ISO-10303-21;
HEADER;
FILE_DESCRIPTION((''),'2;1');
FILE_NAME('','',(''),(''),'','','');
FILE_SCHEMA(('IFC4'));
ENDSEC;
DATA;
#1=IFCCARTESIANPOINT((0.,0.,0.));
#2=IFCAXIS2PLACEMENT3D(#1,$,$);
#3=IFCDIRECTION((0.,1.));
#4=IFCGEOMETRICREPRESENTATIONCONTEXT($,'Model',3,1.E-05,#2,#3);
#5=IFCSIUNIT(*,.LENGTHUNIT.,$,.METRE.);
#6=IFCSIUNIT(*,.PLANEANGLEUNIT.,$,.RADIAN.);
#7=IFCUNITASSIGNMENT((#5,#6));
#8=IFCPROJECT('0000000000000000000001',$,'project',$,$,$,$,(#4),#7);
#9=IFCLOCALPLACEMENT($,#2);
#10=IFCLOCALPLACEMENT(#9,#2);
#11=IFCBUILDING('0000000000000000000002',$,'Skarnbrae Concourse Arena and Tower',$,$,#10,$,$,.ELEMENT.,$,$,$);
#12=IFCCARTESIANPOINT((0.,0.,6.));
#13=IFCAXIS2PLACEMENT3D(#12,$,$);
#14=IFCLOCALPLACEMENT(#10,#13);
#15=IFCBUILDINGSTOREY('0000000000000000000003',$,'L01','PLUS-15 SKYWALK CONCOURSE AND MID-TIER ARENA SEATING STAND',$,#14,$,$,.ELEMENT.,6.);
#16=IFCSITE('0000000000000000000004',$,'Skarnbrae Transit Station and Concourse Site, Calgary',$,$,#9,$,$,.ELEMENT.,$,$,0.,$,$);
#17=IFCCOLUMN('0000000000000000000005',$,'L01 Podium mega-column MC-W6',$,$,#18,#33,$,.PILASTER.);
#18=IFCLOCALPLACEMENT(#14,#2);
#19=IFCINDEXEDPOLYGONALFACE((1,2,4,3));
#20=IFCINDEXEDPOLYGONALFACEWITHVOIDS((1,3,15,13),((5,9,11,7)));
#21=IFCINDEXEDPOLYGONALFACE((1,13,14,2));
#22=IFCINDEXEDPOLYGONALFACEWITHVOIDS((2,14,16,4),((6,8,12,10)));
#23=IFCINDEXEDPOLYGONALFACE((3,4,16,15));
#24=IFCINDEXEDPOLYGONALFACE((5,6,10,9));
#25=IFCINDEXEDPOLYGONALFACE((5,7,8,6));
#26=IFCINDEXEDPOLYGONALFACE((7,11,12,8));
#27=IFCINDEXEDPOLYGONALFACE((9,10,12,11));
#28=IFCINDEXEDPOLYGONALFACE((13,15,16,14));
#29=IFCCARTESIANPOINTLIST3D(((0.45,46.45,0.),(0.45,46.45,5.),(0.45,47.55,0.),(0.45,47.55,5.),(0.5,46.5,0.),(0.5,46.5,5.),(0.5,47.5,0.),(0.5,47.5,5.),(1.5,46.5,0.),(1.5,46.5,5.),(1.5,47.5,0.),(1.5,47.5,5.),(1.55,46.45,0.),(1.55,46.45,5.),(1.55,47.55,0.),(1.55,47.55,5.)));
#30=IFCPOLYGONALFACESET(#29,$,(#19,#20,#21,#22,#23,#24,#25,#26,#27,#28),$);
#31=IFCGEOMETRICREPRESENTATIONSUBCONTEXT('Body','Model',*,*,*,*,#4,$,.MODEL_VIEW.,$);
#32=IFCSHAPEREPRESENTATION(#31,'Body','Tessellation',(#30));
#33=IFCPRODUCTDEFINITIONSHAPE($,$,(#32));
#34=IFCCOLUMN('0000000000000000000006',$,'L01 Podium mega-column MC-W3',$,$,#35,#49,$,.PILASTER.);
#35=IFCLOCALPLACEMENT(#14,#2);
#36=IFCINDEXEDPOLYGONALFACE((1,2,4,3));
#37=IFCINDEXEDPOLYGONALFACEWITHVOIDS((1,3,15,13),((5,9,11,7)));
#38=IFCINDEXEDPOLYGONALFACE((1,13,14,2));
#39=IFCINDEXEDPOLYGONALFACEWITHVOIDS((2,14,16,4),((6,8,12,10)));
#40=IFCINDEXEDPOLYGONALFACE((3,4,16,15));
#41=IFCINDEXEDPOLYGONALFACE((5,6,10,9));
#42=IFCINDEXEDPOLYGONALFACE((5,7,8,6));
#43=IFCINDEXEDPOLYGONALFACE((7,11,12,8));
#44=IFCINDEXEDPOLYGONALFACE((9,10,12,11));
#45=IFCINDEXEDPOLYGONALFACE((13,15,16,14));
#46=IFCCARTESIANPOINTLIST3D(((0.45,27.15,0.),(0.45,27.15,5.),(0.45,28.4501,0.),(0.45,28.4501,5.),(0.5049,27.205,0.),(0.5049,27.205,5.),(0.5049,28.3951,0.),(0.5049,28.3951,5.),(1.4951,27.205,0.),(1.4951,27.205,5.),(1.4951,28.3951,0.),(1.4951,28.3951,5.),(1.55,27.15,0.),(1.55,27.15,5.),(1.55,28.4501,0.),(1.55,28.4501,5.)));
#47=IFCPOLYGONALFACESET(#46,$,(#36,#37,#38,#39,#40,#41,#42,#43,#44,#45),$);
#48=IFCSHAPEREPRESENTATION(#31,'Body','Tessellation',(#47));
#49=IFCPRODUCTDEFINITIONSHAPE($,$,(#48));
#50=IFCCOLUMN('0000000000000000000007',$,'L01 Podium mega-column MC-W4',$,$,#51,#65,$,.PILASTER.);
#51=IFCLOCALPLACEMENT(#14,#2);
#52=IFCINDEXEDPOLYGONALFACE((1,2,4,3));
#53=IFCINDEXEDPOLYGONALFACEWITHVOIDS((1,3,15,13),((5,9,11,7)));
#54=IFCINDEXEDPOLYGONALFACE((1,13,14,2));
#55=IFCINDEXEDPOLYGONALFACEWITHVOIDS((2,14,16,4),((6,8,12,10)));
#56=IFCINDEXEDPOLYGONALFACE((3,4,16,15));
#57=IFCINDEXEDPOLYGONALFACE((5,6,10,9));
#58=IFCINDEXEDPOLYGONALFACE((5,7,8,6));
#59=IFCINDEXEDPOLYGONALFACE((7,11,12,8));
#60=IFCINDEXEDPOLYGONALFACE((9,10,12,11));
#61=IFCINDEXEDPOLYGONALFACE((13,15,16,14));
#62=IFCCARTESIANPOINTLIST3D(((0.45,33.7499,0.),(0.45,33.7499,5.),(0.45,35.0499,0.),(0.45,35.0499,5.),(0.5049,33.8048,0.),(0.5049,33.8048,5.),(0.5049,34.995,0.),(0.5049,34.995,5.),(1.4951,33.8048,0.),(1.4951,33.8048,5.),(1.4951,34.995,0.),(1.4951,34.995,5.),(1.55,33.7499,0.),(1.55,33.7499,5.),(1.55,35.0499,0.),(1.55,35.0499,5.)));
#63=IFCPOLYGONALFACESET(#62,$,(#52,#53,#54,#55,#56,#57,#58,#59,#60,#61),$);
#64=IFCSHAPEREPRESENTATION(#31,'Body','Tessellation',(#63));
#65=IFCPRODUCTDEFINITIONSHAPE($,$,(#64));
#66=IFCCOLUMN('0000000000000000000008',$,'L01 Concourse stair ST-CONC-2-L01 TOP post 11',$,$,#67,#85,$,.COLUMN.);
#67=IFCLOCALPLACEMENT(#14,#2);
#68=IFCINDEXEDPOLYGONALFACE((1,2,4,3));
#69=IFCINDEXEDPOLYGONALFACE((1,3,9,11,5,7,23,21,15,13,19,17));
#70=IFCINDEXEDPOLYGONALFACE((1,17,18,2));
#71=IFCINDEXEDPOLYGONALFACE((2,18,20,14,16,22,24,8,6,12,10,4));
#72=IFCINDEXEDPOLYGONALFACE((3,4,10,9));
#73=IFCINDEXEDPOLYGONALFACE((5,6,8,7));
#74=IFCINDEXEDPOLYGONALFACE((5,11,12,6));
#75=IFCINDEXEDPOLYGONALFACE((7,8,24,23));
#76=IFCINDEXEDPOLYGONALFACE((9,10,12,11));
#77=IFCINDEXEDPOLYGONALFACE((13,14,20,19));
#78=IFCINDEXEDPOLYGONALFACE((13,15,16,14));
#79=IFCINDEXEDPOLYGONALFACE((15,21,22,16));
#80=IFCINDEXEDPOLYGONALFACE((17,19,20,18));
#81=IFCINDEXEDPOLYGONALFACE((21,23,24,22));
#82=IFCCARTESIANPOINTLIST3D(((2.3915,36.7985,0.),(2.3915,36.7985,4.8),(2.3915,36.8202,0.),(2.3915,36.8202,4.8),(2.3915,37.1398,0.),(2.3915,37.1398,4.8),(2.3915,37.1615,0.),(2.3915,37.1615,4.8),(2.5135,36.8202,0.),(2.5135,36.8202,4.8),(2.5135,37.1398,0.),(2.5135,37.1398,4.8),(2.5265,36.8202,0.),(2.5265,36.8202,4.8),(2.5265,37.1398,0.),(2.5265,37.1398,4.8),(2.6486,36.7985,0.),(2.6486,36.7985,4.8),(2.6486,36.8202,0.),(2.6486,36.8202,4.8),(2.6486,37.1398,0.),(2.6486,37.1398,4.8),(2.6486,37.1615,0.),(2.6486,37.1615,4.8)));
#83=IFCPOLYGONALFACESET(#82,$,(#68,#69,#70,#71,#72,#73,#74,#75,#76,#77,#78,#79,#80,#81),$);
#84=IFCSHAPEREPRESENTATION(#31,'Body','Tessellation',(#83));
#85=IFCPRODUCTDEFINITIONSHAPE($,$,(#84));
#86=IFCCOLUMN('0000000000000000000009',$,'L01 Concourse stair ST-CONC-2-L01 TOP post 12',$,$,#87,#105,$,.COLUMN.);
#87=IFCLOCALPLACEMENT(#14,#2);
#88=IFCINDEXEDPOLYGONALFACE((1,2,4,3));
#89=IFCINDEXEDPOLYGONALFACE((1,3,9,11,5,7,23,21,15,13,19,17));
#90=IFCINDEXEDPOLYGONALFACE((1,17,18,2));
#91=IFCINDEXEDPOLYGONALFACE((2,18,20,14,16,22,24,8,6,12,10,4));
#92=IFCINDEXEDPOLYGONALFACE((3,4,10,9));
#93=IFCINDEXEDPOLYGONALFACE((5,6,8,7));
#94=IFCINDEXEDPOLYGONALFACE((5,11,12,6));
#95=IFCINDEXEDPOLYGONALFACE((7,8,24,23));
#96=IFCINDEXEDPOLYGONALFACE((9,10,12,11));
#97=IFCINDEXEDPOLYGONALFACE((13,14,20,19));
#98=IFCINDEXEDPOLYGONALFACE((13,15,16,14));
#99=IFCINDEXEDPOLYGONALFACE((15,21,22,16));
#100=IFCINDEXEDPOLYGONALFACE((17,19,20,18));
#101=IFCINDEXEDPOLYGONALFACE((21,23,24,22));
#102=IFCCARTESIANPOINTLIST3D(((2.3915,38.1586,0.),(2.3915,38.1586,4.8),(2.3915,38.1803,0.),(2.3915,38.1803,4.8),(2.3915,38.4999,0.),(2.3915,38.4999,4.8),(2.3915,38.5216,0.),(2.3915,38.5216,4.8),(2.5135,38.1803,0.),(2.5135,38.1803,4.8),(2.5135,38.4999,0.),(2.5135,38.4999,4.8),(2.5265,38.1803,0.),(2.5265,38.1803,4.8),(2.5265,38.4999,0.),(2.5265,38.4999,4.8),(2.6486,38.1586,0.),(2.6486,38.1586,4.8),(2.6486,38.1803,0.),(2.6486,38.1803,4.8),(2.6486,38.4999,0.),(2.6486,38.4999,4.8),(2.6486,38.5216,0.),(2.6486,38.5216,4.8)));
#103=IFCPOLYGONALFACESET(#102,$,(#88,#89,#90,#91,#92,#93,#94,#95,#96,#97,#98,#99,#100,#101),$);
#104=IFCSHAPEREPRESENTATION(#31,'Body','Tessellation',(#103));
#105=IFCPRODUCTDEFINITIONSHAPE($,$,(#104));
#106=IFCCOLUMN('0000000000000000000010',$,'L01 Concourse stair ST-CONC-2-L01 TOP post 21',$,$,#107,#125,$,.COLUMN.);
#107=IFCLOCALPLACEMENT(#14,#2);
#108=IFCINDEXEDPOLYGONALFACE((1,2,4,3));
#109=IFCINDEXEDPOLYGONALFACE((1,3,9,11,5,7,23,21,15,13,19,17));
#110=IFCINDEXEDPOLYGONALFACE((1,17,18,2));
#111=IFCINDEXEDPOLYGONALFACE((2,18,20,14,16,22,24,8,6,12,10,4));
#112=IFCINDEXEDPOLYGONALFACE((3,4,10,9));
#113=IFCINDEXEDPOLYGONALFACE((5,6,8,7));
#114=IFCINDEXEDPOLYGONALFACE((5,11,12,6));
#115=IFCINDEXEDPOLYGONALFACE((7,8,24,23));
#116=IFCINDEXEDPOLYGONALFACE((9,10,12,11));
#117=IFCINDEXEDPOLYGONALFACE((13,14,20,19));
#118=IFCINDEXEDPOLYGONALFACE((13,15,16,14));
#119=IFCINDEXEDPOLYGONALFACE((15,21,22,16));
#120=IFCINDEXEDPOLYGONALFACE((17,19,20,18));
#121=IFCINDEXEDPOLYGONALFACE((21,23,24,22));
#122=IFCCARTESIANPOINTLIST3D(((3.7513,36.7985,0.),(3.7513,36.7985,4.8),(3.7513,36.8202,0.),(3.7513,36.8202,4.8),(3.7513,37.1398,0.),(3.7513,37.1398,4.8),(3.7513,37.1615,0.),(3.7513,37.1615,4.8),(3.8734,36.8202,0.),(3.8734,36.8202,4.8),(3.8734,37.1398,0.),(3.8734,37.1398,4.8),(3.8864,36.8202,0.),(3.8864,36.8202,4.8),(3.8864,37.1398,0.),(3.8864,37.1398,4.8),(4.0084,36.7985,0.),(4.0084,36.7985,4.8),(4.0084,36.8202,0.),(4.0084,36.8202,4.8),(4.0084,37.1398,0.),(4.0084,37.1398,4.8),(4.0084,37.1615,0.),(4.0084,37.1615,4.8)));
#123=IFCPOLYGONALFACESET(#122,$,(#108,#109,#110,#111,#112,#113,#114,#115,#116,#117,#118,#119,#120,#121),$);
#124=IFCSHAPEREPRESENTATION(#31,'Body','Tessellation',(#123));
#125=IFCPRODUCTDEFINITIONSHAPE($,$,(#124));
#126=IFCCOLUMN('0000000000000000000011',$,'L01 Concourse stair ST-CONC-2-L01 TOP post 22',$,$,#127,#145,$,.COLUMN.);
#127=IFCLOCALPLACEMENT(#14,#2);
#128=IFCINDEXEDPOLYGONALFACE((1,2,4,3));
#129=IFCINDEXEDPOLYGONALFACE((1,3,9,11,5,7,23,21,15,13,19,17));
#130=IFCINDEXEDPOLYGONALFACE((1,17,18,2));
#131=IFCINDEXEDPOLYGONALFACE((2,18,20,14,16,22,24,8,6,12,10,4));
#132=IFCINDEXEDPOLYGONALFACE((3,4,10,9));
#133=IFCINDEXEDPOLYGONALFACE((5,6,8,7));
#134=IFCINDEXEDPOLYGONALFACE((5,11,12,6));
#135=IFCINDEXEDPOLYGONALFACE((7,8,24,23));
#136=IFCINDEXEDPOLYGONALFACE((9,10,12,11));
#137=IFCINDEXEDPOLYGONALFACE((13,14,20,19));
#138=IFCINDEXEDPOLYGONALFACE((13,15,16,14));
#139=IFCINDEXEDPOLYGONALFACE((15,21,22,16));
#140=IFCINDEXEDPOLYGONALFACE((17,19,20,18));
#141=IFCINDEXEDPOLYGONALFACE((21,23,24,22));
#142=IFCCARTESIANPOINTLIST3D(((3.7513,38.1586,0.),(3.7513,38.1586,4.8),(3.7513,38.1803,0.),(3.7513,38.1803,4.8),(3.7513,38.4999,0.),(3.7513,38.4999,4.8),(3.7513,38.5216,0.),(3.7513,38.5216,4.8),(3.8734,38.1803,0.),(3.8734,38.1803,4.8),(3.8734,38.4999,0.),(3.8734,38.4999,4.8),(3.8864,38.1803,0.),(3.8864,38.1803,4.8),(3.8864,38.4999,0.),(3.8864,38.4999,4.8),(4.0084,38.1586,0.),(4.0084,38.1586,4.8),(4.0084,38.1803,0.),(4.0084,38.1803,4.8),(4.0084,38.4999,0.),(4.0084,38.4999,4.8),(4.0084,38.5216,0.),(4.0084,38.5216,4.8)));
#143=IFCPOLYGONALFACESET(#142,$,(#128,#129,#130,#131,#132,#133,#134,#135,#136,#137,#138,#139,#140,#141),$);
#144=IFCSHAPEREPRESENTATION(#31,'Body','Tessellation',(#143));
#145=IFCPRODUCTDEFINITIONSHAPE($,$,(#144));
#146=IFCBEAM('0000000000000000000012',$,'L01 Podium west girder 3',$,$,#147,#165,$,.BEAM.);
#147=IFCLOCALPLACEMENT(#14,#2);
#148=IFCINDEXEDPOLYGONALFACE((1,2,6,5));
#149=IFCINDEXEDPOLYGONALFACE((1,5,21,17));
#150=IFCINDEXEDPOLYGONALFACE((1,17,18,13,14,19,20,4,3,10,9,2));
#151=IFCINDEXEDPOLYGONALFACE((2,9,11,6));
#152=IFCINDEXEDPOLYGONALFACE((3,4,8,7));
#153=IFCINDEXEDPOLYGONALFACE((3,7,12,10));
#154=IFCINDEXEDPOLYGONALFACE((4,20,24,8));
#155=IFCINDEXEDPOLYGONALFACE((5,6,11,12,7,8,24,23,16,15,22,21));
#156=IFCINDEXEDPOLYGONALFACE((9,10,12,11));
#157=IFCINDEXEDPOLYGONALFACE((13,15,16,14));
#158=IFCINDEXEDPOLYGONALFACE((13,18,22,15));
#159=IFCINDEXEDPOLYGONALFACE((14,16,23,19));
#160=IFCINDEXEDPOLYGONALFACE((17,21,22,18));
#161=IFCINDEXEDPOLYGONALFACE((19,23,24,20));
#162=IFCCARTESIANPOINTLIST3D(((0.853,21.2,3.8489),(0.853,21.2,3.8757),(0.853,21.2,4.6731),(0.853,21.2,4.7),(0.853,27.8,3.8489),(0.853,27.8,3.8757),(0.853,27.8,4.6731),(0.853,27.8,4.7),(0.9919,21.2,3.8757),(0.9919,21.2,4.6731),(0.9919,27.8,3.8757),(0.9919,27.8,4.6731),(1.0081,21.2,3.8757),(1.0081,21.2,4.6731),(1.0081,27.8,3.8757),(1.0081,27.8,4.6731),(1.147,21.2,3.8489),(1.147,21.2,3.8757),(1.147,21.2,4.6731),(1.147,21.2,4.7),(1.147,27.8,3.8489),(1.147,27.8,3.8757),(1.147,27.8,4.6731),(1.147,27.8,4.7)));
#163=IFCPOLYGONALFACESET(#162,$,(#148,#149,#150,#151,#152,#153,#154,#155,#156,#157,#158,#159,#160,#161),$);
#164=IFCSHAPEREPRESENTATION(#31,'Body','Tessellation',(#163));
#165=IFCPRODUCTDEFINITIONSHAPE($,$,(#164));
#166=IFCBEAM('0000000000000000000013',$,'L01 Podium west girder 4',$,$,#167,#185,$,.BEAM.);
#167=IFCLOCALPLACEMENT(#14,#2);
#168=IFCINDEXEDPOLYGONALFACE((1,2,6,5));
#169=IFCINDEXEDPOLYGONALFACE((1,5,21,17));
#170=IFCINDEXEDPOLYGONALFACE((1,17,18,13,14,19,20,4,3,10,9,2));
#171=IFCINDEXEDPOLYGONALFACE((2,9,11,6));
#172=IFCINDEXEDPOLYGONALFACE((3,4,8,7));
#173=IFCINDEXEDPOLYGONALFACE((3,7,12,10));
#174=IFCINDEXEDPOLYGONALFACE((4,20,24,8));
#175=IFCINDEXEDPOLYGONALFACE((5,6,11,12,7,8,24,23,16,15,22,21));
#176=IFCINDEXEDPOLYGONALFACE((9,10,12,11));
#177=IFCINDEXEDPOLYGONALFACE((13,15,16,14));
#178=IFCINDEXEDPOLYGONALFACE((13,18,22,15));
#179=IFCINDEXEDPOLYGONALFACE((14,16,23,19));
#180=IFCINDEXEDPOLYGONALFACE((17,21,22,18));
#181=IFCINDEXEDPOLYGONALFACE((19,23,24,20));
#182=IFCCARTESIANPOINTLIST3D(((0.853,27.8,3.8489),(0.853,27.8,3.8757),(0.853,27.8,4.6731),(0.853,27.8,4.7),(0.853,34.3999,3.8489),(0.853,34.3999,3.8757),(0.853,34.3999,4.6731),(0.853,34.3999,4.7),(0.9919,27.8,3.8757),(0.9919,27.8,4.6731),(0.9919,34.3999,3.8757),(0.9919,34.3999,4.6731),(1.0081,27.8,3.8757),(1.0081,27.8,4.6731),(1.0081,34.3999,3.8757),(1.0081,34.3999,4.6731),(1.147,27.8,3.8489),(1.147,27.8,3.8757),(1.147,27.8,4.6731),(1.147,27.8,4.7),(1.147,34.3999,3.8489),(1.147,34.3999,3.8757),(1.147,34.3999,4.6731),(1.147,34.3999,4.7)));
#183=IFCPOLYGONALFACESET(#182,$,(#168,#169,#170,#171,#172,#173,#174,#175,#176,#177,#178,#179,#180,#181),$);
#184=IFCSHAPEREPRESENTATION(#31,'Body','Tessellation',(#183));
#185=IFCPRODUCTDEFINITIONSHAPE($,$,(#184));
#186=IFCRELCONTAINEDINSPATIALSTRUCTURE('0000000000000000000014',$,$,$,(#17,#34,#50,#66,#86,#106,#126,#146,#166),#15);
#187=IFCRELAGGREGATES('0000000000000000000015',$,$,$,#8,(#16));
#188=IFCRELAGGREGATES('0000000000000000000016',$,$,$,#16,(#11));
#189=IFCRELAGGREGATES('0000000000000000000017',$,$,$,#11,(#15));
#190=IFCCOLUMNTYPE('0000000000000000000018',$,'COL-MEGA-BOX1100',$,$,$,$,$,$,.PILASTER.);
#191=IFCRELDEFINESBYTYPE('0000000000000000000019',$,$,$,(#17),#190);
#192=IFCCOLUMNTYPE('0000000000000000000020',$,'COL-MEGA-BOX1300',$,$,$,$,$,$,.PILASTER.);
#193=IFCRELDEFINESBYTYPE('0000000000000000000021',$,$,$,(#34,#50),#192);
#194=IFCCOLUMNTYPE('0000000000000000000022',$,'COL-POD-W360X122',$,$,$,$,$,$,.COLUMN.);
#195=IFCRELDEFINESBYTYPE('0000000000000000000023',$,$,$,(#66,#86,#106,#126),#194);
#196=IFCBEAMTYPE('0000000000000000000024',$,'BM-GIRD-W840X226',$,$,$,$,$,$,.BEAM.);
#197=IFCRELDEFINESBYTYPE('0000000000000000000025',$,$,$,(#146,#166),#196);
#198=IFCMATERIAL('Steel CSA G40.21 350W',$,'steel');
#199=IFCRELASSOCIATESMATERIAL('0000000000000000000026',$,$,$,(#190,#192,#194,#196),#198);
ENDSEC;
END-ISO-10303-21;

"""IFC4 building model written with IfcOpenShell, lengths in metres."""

from ifc_helpers import new_model, si_unit, direction, frame, origin, origin_2d, place, context, subcontext, project, spatial, hollow_rectangle, i_section, extrude, source, transform, mapped, material, material_profile, profile_set, type_object, element, save


model = new_model("IFC4")

# Units and contexts
model_context = context("Model", 3, precision=1e-05, world=origin(), true_north=direction((0.0, 1.0)))
body_context = subcontext(model_context, "Body", "Model", "MODEL_VIEW")
ifc_project = project(units=[si_unit("LENGTHUNIT", "METRE"), si_unit("PLANEANGLEUNIT", "RADIAN")], contexts=[model_context])

# Site, building, storey
site_placement = place(None, origin())
site = spatial("IfcSite", under=ifc_project, at=site_placement, Name="Skarnbrae Transit Station and Concourse Site, Calgary", CompositionType="ELEMENT", RefElevation=0.0)
building_placement = place(site_placement, origin())
building = spatial("IfcBuilding", under=site, at=building_placement, Name="Skarnbrae Concourse Arena and Tower", CompositionType="ELEMENT")
storey_placement = place(building_placement, frame((0.0, 0.0, 6.0)))
storey = spatial("IfcBuildingStorey", under=building, at=storey_placement, Name="L01", Description="PLUS-15 SKYWALK CONCOURSE AND MID-TIER ARENA SEATING STAND", CompositionType="ELEMENT", Elevation=6.0)

# Columns
ifc_material_1 = material(Name="Steel CSA G40.21 350W", Category="steel")
ifc_material_profile_1 = material_profile(ifc_material_1, hollow_rectangle(XDim=1.1001, YDim=1.1001, WallThickness=0.05, at=origin_2d()), Name="BOX1100X1100X50")
ifc_profile_set_1 = profile_set([ifc_material_profile_1], Name="Steel CSA G40.21 350W")
column_type_1 = type_object("IfcColumnType", Name="COL-MEGA-BOX1100", PredefinedType="PILASTER", material=ifc_profile_set_1)
shared_shape_1 = source(origin(), body_context, "Body", "SweptSolid", [
    extrude(hollow_rectangle(XDim=1.1001, YDim=1.1001, WallThickness=0.05, at=origin_2d()), origin(), (0.0, 0.0, 1.0), 5.0),
])
column_placement = place(storey_placement, frame((1.0, 47.0, 0.0), z_axis=(0.0, 0.0, 1.0), x_axis=(1.0, 0.0, 0.0)))
element("IfcColumn", 1, at=column_placement, inside=storey, type_object=column_type_1, Name="L01 Podium mega-column MC-W6", PredefinedType="PILASTER", context=body_context, shape_type="MappedRepresentation", body=[
    mapped(shared_shape_1, transform((0.0, 0.0, 0.0))),
])
ifc_material_profile_2 = material_profile(ifc_material_1, hollow_rectangle(XDim=1.1001, YDim=1.3, WallThickness=0.0549, at=origin_2d()), Name="BOX1300X1100X55")
ifc_profile_set_2 = profile_set([ifc_material_profile_2], Name="Steel CSA G40.21 350W")
column_type_2 = type_object("IfcColumnType", Name="COL-MEGA-BOX1300", PredefinedType="PILASTER", material=ifc_profile_set_2)
shared_shape_2 = source(origin(), body_context, "Body", "SweptSolid", [
    extrude(hollow_rectangle(XDim=1.1001, YDim=1.3, WallThickness=0.0549, at=origin_2d()), origin(), (0.0, 0.0, 1.0), 5.0),
])
for number, where, z_axis, x_axis, name in (
    (2, (1.0, 27.8, 0.0), (0.0, 0.0, 1.0), (1.0, 0.0, 0.0), "L01 Podium mega-column MC-W3"),
    (3, (1.0, 34.3999, 0.0), (0.0, 0.0, 1.0), (1.0, 0.0, 0.0), "L01 Podium mega-column MC-W4"),
):
    element("IfcColumn", number, at=place(storey_placement, frame(where, z_axis=z_axis, x_axis=x_axis)), inside=storey, type_object=column_type_2, Name=name, PredefinedType="PILASTER", context=body_context, shape_type="MappedRepresentation", body=[
        mapped(shared_shape_2, transform((0.0, 0.0, 0.0))),
    ])
ifc_material_profile_3 = material_profile(ifc_material_1, i_section(OverallWidth=0.2571, OverallDepth=0.363, WebThickness=0.0129, FlangeThickness=0.0217, at=origin_2d()), Name="W360X122")
ifc_profile_set_3 = profile_set([ifc_material_profile_3], Name="Steel CSA G40.21 350W")
column_type_3 = type_object("IfcColumnType", Name="COL-POD-W360X122", PredefinedType="COLUMN", material=ifc_profile_set_3)
shared_shape_3 = source(origin(), body_context, "Body", "SweptSolid", [
    extrude(i_section(OverallWidth=0.2571, OverallDepth=0.363, WebThickness=0.0129, FlangeThickness=0.0217, at=origin_2d()), origin(), (0.0, 0.0, 1.0), 4.8),
])
for number, where, z_axis, x_axis, name in (
    (4, (2.52, 36.98, 0.0), (0.0, 0.0, 1.0), (1.0, 0.0, 0.0), "L01 Concourse stair ST-CONC-2-L01 TOP post 11"),
    (5, (2.52, 38.3401, 0.0), (0.0, 0.0, 1.0), (1.0, 0.0, 0.0), "L01 Concourse stair ST-CONC-2-L01 TOP post 12"),
    (6, (3.8799, 36.98, 0.0), (0.0, 0.0, 1.0), (1.0, 0.0, 0.0), "L01 Concourse stair ST-CONC-2-L01 TOP post 21"),
    (7, (3.8799, 38.3401, 0.0), (0.0, 0.0, 1.0), (1.0, 0.0, 0.0), "L01 Concourse stair ST-CONC-2-L01 TOP post 22"),
):
    element("IfcColumn", number, at=place(storey_placement, frame(where, z_axis=z_axis, x_axis=x_axis)), inside=storey, type_object=column_type_3, Name=name, PredefinedType="COLUMN", context=body_context, shape_type="MappedRepresentation", body=[
        mapped(shared_shape_3, transform((0.0, 0.0, 0.0))),
    ])

# Beams
ifc_material_profile_4 = material_profile(ifc_material_1, i_section(OverallWidth=0.2939, OverallDepth=0.8511, WebThickness=0.0161, FlangeThickness=0.0269, at=origin_2d()), Name="W840X226")
ifc_profile_set_4 = profile_set([ifc_material_profile_4], Name="Steel CSA G40.21 350W")
beam_type = type_object("IfcBeamType", Name="BM-GIRD-W840X226", PredefinedType="BEAM", material=ifc_profile_set_4)
shared_shape_4 = source(origin(), body_context, "Body", "SweptSolid", [
    extrude(i_section(OverallWidth=0.2939, OverallDepth=0.8511, WebThickness=0.0161, FlangeThickness=0.0269, at=origin_2d()), origin(), (0.0, 0.0, 1.0), 6.6001),
])
beam_1_placement = place(storey_placement, frame((1.0, 21.2, 4.2744), z_axis=(0.0, 1.0, 0.0), x_axis=(-1.0, 0.0, 0.0)))
element("IfcBeam", 8, at=beam_1_placement, inside=storey, type_object=beam_type, Name="L01 Podium west girder 3", PredefinedType="BEAM", context=body_context, shape_type="MappedRepresentation", body=[
    mapped(shared_shape_4, transform((0.0, 0.0, 0.0))),
])
shared_shape_5 = source(origin(), body_context, "Body", "SweptSolid", [
    extrude(i_section(OverallWidth=0.2939, OverallDepth=0.8511, WebThickness=0.0161, FlangeThickness=0.0269, at=origin_2d()), origin(), (0.0, 0.0, 1.0), 6.5999),
])
beam_2_placement = place(storey_placement, frame((1.0, 27.8, 4.2744), z_axis=(0.0, 1.0, 0.0), x_axis=(-1.0, 0.0, 0.0)))
element("IfcBeam", 9, at=beam_2_placement, inside=storey, type_object=beam_type, Name="L01 Podium west girder 4", PredefinedType="BEAM", context=body_context, shape_type="MappedRepresentation", body=[
    mapped(shared_shape_5, transform((0.0, 0.0, 0.0))),
])

save(model, "model.ifc")
